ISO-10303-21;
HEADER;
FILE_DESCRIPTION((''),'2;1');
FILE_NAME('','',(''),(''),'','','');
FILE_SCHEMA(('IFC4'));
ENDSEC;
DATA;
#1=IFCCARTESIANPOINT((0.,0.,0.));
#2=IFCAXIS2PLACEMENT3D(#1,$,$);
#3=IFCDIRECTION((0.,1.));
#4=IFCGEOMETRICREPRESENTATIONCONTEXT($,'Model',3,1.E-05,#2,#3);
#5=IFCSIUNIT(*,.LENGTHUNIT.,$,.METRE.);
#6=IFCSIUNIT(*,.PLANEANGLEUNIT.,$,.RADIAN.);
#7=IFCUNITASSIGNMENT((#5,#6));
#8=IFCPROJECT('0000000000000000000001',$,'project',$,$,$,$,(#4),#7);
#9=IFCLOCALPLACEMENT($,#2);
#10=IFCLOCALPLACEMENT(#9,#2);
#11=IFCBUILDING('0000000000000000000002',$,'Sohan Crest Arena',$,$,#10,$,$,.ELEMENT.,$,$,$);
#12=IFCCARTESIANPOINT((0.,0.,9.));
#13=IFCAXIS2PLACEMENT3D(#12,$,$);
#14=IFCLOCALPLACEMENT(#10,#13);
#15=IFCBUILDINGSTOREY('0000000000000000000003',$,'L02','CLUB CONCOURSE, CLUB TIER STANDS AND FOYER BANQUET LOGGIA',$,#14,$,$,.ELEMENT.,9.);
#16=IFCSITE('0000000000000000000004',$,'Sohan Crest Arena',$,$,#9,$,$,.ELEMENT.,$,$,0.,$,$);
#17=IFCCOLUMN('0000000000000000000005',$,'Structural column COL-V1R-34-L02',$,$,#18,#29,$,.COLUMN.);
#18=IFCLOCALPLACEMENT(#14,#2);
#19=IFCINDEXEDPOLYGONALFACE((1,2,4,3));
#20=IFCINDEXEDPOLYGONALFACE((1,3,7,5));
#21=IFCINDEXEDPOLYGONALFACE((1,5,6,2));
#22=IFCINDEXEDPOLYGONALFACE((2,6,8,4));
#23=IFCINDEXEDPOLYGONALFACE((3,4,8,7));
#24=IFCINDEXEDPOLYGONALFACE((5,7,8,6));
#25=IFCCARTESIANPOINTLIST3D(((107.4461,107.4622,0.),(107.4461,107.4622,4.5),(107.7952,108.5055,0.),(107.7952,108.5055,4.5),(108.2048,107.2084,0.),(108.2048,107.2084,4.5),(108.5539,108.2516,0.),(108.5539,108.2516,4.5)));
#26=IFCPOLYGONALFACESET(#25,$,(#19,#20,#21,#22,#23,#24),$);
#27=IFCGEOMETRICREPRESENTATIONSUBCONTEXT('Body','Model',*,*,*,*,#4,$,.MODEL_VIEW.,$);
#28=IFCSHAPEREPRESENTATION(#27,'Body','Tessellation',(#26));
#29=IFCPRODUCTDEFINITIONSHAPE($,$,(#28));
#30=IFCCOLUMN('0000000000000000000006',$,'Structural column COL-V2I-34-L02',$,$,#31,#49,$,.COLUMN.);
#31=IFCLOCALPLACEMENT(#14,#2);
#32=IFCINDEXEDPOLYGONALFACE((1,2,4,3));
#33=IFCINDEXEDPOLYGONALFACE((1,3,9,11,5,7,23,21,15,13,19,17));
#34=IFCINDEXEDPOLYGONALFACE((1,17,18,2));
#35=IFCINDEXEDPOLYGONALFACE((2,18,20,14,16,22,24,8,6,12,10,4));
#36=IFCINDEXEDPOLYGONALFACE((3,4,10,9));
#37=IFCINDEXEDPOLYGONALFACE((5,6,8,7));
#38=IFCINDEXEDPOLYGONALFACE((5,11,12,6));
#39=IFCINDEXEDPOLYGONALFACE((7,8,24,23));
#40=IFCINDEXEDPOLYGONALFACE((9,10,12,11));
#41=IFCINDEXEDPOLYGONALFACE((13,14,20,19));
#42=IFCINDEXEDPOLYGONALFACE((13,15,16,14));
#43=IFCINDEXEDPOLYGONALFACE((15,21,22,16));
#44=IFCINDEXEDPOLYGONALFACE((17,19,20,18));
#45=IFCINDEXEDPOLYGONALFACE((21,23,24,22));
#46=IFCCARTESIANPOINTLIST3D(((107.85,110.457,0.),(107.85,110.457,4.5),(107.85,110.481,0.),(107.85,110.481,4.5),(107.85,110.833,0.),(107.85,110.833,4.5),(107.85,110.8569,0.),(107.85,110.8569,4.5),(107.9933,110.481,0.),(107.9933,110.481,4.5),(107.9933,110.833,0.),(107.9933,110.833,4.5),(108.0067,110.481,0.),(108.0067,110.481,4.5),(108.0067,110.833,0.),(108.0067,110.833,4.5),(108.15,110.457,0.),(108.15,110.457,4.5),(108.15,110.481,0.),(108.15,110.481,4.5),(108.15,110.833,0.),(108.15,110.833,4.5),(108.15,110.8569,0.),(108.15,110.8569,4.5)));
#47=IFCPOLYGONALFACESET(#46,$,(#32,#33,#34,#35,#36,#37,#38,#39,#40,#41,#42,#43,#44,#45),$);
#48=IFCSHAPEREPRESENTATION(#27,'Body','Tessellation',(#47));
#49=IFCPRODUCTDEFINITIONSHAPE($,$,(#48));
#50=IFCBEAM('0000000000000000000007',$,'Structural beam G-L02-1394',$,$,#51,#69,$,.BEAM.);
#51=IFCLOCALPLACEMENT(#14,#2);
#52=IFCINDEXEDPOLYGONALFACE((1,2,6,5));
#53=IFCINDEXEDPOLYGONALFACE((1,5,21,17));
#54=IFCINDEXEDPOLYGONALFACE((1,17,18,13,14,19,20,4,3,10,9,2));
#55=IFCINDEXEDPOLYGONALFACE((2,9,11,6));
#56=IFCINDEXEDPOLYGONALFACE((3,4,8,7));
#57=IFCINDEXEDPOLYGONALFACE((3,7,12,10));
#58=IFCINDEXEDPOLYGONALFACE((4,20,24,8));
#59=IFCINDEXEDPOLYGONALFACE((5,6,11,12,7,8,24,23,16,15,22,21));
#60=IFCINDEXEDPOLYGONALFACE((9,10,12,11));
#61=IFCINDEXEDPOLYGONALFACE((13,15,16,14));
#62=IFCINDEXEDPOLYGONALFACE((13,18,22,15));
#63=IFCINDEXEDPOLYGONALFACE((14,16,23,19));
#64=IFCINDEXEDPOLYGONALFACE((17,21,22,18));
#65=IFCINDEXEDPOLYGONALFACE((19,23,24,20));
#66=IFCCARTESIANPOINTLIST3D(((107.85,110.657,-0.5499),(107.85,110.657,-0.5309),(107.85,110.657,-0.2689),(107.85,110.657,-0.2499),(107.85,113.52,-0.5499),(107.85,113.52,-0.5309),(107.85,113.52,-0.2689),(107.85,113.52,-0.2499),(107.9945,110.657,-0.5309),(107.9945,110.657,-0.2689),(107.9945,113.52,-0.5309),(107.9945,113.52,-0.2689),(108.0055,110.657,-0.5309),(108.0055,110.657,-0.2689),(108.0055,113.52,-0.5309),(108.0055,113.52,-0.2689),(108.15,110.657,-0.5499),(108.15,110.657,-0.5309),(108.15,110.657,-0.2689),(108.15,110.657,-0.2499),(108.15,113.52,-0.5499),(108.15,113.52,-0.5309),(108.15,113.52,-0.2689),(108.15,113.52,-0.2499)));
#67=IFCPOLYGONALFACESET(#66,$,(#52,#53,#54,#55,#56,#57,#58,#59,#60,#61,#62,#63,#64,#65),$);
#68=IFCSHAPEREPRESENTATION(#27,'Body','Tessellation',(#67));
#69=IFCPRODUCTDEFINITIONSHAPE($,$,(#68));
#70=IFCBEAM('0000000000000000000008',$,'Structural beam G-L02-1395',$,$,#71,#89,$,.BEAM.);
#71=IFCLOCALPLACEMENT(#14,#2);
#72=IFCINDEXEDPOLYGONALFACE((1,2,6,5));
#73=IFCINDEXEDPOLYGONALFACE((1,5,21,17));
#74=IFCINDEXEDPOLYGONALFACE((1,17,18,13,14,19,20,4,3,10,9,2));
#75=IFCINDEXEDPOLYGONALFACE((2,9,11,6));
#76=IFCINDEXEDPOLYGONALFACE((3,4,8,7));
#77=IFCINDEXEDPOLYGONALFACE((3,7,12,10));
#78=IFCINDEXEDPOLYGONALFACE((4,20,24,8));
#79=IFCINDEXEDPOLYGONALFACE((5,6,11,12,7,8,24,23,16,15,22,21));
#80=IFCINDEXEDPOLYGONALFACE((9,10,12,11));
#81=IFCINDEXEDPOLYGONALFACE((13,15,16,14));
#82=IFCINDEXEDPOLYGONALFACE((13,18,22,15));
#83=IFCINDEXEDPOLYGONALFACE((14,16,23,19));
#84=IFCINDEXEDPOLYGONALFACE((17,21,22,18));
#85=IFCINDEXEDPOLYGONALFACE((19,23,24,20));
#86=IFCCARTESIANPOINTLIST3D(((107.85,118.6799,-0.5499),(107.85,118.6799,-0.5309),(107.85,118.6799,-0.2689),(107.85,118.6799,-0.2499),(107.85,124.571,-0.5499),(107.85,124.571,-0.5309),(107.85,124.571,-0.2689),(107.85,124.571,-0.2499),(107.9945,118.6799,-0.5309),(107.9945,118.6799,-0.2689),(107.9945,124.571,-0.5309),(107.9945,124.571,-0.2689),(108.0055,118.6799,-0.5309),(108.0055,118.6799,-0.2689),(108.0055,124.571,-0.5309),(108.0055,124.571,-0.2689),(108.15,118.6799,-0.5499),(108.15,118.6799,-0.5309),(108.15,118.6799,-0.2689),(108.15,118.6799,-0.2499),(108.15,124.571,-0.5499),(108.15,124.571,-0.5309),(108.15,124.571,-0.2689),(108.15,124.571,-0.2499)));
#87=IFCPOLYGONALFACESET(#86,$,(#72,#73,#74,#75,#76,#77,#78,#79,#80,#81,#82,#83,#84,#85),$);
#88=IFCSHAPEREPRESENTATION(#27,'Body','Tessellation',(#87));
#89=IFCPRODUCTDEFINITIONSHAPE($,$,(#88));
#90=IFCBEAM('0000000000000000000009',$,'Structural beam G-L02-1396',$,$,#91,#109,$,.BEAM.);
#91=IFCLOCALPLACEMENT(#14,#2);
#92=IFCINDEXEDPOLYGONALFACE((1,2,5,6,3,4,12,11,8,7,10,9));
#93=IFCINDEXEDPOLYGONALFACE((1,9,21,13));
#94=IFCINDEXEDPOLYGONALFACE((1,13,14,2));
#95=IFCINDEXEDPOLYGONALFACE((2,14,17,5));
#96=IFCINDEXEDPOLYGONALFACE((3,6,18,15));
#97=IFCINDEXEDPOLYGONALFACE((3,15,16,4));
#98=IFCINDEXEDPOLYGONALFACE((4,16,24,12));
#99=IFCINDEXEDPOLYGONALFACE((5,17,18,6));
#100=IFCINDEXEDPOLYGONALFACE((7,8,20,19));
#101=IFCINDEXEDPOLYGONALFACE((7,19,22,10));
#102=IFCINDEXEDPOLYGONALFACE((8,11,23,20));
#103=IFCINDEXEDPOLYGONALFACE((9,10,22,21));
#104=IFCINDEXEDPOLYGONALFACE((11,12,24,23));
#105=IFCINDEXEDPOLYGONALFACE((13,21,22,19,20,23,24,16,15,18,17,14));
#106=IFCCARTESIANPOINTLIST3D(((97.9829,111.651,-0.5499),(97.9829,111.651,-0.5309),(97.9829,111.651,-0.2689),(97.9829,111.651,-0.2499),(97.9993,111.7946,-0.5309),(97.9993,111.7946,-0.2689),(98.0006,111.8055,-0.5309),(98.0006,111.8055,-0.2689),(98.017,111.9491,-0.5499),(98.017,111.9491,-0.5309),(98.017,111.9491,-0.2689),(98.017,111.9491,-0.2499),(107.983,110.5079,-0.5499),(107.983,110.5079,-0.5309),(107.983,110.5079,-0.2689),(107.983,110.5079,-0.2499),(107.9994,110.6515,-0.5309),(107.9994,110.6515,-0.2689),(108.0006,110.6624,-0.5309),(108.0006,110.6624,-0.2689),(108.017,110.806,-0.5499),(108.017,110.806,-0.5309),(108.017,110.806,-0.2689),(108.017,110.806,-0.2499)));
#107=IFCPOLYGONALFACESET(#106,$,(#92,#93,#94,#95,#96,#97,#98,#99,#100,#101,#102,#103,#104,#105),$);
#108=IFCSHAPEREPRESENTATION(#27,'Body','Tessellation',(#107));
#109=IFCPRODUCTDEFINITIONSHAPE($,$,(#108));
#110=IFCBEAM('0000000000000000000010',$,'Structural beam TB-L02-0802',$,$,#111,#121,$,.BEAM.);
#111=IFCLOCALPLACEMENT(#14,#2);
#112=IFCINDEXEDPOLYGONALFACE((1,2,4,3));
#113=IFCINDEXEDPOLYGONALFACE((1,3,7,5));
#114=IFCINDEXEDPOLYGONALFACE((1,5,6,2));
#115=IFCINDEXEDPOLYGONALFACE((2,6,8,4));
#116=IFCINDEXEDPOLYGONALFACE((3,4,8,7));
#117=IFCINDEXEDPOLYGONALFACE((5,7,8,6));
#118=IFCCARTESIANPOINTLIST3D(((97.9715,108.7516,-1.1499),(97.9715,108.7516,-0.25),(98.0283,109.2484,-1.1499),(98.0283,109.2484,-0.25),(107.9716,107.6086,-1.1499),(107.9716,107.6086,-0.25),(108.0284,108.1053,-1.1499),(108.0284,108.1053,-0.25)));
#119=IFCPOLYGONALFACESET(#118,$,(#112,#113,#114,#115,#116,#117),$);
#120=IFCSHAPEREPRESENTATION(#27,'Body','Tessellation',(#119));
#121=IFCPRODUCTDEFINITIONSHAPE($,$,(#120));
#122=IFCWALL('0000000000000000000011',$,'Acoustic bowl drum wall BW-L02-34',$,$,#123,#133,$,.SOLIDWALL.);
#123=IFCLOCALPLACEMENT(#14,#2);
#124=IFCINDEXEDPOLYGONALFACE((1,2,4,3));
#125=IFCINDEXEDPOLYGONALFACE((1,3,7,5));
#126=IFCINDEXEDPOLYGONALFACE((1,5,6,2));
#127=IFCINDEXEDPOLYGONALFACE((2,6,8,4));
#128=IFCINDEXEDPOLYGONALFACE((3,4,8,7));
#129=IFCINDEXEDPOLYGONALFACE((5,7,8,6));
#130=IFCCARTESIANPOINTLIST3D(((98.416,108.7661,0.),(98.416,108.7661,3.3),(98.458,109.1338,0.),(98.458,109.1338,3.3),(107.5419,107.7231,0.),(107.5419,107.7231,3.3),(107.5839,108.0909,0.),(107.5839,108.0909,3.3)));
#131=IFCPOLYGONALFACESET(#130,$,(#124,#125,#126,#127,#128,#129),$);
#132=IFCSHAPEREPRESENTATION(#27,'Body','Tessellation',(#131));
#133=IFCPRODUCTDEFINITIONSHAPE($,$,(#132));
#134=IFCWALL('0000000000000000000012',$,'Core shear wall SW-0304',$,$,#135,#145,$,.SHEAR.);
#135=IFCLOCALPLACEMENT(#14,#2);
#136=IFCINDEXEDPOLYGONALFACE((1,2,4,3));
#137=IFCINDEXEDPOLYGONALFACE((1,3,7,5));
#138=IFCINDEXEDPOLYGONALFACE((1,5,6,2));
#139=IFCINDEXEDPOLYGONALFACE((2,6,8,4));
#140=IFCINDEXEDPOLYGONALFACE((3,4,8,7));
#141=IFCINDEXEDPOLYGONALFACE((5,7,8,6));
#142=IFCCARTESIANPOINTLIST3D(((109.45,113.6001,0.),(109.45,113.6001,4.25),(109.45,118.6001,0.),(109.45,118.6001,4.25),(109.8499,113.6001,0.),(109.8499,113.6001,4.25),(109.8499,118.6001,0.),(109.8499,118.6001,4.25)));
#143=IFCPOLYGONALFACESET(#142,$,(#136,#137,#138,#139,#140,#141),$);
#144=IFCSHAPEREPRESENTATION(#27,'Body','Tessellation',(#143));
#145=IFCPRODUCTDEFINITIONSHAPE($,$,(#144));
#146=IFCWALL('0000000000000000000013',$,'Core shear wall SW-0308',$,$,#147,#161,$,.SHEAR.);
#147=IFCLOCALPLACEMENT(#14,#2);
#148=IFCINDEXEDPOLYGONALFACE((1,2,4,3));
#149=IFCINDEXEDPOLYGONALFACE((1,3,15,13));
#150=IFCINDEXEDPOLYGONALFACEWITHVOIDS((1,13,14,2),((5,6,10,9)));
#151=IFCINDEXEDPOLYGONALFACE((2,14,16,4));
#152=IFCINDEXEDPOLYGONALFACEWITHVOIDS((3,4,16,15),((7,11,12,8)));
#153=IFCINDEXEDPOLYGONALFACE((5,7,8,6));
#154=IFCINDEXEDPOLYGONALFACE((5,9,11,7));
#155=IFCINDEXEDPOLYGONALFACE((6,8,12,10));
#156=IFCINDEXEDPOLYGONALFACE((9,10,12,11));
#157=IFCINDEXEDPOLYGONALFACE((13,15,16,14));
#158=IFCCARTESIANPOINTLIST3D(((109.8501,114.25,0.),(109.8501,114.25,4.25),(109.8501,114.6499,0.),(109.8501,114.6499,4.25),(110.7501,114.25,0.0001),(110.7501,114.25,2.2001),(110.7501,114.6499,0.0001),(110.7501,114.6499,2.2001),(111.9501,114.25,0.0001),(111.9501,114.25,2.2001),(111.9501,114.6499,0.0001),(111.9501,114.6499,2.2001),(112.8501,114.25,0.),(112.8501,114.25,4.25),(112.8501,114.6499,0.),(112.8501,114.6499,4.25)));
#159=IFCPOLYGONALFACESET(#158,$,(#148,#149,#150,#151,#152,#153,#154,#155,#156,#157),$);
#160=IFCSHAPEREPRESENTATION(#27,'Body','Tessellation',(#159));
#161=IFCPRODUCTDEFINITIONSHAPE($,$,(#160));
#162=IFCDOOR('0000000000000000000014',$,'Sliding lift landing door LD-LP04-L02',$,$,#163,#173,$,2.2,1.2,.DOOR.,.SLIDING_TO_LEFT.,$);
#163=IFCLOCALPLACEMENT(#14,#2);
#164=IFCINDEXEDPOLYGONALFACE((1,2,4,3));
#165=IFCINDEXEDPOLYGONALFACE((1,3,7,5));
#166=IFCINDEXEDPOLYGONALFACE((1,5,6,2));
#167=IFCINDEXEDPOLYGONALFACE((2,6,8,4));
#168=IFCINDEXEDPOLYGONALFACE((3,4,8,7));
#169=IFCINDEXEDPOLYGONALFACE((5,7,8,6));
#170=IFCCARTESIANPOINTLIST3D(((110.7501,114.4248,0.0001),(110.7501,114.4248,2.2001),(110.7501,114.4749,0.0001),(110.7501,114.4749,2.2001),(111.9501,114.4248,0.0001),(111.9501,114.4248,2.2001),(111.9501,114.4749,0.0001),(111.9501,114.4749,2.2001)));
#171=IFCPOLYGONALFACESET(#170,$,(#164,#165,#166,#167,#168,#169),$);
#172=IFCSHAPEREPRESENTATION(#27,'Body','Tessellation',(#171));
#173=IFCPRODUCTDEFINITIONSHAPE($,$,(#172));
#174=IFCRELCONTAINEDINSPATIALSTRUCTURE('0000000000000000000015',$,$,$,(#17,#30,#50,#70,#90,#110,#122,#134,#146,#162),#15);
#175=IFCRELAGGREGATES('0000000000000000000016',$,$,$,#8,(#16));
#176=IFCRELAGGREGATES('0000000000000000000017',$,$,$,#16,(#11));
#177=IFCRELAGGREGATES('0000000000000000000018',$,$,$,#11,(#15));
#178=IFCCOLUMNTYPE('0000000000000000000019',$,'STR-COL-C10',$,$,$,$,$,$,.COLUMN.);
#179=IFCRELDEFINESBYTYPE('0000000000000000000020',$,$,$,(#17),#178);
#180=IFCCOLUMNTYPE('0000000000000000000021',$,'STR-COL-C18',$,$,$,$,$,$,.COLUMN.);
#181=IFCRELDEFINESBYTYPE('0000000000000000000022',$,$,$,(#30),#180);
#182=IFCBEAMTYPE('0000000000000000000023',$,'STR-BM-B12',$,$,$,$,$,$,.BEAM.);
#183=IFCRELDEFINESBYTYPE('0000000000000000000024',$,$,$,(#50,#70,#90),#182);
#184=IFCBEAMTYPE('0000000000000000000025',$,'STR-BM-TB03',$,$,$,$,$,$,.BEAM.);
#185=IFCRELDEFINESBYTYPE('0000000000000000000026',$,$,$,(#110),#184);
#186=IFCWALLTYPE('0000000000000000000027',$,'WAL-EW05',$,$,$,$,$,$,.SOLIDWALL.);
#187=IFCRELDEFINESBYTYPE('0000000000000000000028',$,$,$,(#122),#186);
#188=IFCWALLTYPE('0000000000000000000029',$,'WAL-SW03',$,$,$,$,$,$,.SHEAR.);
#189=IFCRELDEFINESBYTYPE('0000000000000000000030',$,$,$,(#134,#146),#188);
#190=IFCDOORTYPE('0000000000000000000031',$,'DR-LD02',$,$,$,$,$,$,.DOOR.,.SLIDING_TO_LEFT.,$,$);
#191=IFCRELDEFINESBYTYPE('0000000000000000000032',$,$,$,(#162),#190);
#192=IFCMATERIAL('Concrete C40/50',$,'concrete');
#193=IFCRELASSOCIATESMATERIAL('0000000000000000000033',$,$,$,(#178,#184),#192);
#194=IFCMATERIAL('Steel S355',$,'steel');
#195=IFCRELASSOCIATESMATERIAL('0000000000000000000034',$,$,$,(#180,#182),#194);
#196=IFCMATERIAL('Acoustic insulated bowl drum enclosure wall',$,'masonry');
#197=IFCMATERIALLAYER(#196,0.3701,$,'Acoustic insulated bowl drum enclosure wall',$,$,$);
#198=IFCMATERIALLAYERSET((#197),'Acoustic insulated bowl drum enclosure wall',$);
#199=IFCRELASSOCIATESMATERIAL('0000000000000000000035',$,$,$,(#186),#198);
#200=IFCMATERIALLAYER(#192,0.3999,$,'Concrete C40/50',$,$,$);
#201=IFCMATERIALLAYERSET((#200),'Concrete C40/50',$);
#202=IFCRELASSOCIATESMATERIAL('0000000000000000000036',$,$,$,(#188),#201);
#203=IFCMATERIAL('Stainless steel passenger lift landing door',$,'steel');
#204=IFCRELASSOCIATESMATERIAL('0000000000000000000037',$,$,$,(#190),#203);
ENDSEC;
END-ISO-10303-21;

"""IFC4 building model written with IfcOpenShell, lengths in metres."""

from ifc_helpers import new_model, si_unit, direction, frame, frame_2d, origin, origin_2d, place, context, subcontext, project, spatial, rectangle, i_section, extrude, material, layer, layer_set, material_profile, profile_set, type_object, element, fill, save


model = new_model("IFC4")

# Units and contexts
model_context = context("Model", 3, precision=1e-05, world=origin(), true_north=direction((0.0, 1.0)))
body_context = subcontext(model_context, "Body", "Model", "MODEL_VIEW")
ifc_project = project(units=[si_unit("LENGTHUNIT", "METRE"), si_unit("PLANEANGLEUNIT", "RADIAN")], contexts=[model_context])

# Site, building, storey
site_placement = place(None, origin())
site = spatial("IfcSite", under=ifc_project, at=site_placement, Name="Sohan Crest Arena", CompositionType="ELEMENT", RefElevation=0.0)
building_placement = place(site_placement, origin())
building = spatial("IfcBuilding", under=site, at=building_placement, Name="Sohan Crest Arena", CompositionType="ELEMENT")
storey_placement = place(building_placement, frame((0.0, 0.0, 9.0)))
storey = spatial("IfcBuildingStorey", under=building, at=storey_placement, Name="L02", Description="CLUB CONCOURSE, CLUB TIER STANDS AND FOYER BANQUET LOGGIA", CompositionType="ELEMENT", Elevation=9.0)

# Columns
ifc_material_1 = material(Name="Concrete C40/50", Category="concrete")
ifc_material_profile_1 = material_profile(ifc_material_1, rectangle(XDim=1.1001, YDim=0.8, at=origin_2d()), Name="RC 1100x800")
ifc_profile_set_1 = profile_set([ifc_material_profile_1], Name="Concrete C40/50")
column_type_1 = type_object("IfcColumnType", Name="STR-COL-C10", PredefinedType="COLUMN", material=ifc_profile_set_1)
column_1_placement = place(storey_placement, frame((108.0, 107.8569, 0.0), z_axis=(0.0, 0.0, 1.0), x_axis=(0.317305, 0.948324, 0.0)))
element("IfcColumn", 1, at=column_1_placement, inside=storey, type_object=column_type_1, Name="Structural column COL-V1R-34-L02", PredefinedType="COLUMN", context=body_context, shape_type="SweptSolid", body=[
    extrude(rectangle(XDim=1.1001, YDim=0.8, at=origin_2d()), origin(), (0.0, 0.0, 1.0), 4.5),
])
ifc_material_2 = material(Name="Steel S355", Category="steel")
ifc_material_profile_2 = material_profile(ifc_material_2, i_section(OverallWidth=0.3, OverallDepth=0.3999, WebThickness=0.0134, FlangeThickness=0.0239, at=origin_2d()), Name="HEB 400")
ifc_profile_set_2 = profile_set([ifc_material_profile_2], Name="Steel S355")
column_type_2 = type_object("IfcColumnType", Name="STR-COL-C18", PredefinedType="COLUMN", material=ifc_profile_set_2)
column_2_placement = place(storey_placement, frame((108.0, 110.657, 0.0), z_axis=(0.0, 0.0, 1.0), x_axis=(1.0, 0.0, 0.0)))
element("IfcColumn", 2, at=column_2_placement, inside=storey, type_object=column_type_2, Name="Structural column COL-V2I-34-L02", PredefinedType="COLUMN", context=body_context, shape_type="SweptSolid", body=[
    extrude(i_section(OverallWidth=0.3, OverallDepth=0.3999, WebThickness=0.0134, FlangeThickness=0.0239, at=origin_2d()), origin(), (0.0, 0.0, 1.0), 4.5),
])

# Beams
ifc_material_profile_3 = material_profile(ifc_material_2, i_section(OverallWidth=0.3, OverallDepth=0.3, WebThickness=0.011, FlangeThickness=0.019, at=origin_2d()), Name="HEB 300")
ifc_profile_set_3 = profile_set([ifc_material_profile_3], Name="Steel S355")
beam_type_1 = type_object("IfcBeamType", Name="STR-BM-B12", PredefinedType="BEAM", material=ifc_profile_set_3)
beam_1_placement = place(storey_placement, frame((108.0, 110.657, -0.3999), z_axis=(0.0, 1.0, 0.0), x_axis=(-1.0, 0.0, 0.0)))
element("IfcBeam", 3, at=beam_1_placement, inside=storey, type_object=beam_type_1, Name="Structural beam G-L02-1394", PredefinedType="BEAM", context=body_context, shape_type="SweptSolid", body=[
    extrude(i_section(OverallWidth=0.3, OverallDepth=0.3, WebThickness=0.011, FlangeThickness=0.019, at=origin_2d()), origin(), (0.0, 0.0, 1.0), 2.863),
])
beam_2_placement = place(storey_placement, frame((108.0, 118.6799, -0.3999), z_axis=(0.0, 1.0, 0.0), x_axis=(-1.0, 0.0, 0.0)))
element("IfcBeam", 4, at=beam_2_placement, inside=storey, type_object=beam_type_1, Name="Structural beam G-L02-1395", PredefinedType="BEAM", context=body_context, shape_type="SweptSolid", body=[
    extrude(i_section(OverallWidth=0.3, OverallDepth=0.3, WebThickness=0.011, FlangeThickness=0.019, at=origin_2d()), origin(), (0.0, 0.0, 1.0), 5.8911),
])
beam_3_placement = place(storey_placement, frame((108.0, 110.657, -0.3999), z_axis=(-0.99353, 0.113567, 0.0), x_axis=(-0.113567, -0.99353, 0.0)))
element("IfcBeam", 5, at=beam_3_placement, inside=storey, type_object=beam_type_1, Name="Structural beam G-L02-1396", PredefinedType="BEAM", context=body_context, shape_type="SweptSolid", body=[
    extrude(i_section(OverallWidth=0.3, OverallDepth=0.3, WebThickness=0.011, FlangeThickness=0.019, at=origin_2d()), origin(), (0.0, 0.0, 1.0), 10.0652),
])
ifc_material_profile_4 = material_profile(ifc_material_1, rectangle(XDim=0.5, YDim=0.8999, at=origin_2d()), Name="RC-BM 500x900")
ifc_profile_set_4 = profile_set([ifc_material_profile_4], Name="Concrete C40/50")
beam_type_2 = type_object("IfcBeamType", Name="STR-BM-TB03", PredefinedType="BEAM", material=ifc_profile_set_4)
beam_4_placement = place(storey_placement, frame((108.0, 107.8569, -0.7), z_axis=(-0.99353, 0.113567, 0.0), x_axis=(-0.113567, -0.99353, 0.0)))
element("IfcBeam", 6, at=beam_4_placement, inside=storey, type_object=beam_type_2, Name="Structural beam TB-L02-0802", PredefinedType="BEAM", context=body_context, shape_type="SweptSolid", body=[
    extrude(rectangle(XDim=0.5, YDim=0.8999, at=origin_2d()), origin(), (0.0, 0.0, 1.0), 10.0652),
])

# Walls
ifc_material_3 = material(Name="Acoustic insulated bowl drum enclosure wall", Category="masonry")
ifc_layer_1 = layer(ifc_material_3, 0.3701, Name="Acoustic insulated bowl drum enclosure wall")
ifc_layer_set_1 = layer_set([ifc_layer_1], Name="Acoustic insulated bowl drum enclosure wall")
wall_type_1 = type_object("IfcWallType", Name="WAL-EW05", PredefinedType="SOLIDWALL", material=ifc_layer_set_1)
wall_1_placement = place(storey_placement, frame((107.563, 107.907, 0.0), z_axis=(0.0, 0.0, 1.0), x_axis=(-0.993533, 0.113547, 0.0)))
element("IfcWall", 7, at=wall_1_placement, inside=storey, type_object=wall_type_1, Name="Acoustic bowl drum wall BW-L02-34", PredefinedType="SOLIDWALL", context=body_context, shape_type="SweptSolid", body=[
    extrude(rectangle(XDim=9.1853, YDim=0.3701, at=frame_2d((4.5928, 0.0))), origin(), (0.0, 0.0, 1.0), 3.3),
])
ifc_layer_2 = layer(ifc_material_1, 0.3999, Name="Concrete C40/50")
ifc_layer_set_2 = layer_set([ifc_layer_2], Name="Concrete C40/50")
wall_type_2 = type_object("IfcWallType", Name="WAL-SW03", PredefinedType="SHEAR", material=ifc_layer_set_2)
wall_2_placement = place(storey_placement, frame((109.6499, 113.6001, 0.0), z_axis=(0.0, 0.0, 1.0), x_axis=(0.0, 1.0, 0.0)))
element("IfcWall", 8, at=wall_2_placement, inside=storey, type_object=wall_type_2, Name="Core shear wall SW-0304", PredefinedType="SHEAR", context=body_context, shape_type="SweptSolid", body=[
    extrude(rectangle(XDim=5.0, YDim=0.3999, at=frame_2d((2.5, 0.0))), origin(), (0.0, 0.0, 1.0), 4.25),
])

# Wall, opening, door
wall_3_placement = place(storey_placement, frame((109.8501, 114.45, 0.0), z_axis=(0.0, 0.0, 1.0), x_axis=(1.0, 0.0, 0.0)))
wall_3 = element("IfcWall", 9, at=wall_3_placement, inside=storey, type_object=wall_type_2, Name="Core shear wall SW-0308", PredefinedType="SHEAR", context=body_context, shape_type="SweptSolid", body=[
    extrude(rectangle(XDim=3.0, YDim=0.3999, at=frame_2d((1.5, 0.0))), origin(), (0.0, 0.0, 1.0), 4.25),
])
opening_placement = place(wall_3_placement, frame((0.8999, 0.0, 0.0)))
opening = element("IfcOpeningElement", 10, at=opening_placement, cuts=wall_3, PredefinedType="OPENING", context=body_context, shape_type="SweptSolid", body=[
    extrude(rectangle(XDim=1.2, YDim=2.2, at=frame_2d((0.6001, 1.1001))), frame((0.0, 0.21, 0.0), z_axis=(0.0, -1.0, 0.0), x_axis=(1.0, 0.0, 0.0)), (0.0, 0.0, 1.0), 0.4199),
])
ifc_material_4 = material(Name="Stainless steel passenger lift landing door", Category="steel")
door_type = type_object("IfcDoorType", Name="DR-LD02", OperationType="SLIDING_TO_LEFT", PredefinedType="DOOR", material=ifc_material_4)
door_placement = place(opening_placement, origin())
door = element("IfcDoor", 11, at=door_placement, inside=storey, type_object=door_type, Name="Sliding lift landing door LD-LP04-L02", OperationType="SLIDING_TO_LEFT", OverallHeight=2.2, OverallWidth=1.2, PredefinedType="DOOR", context=body_context, shape_type="SweptSolid", body=[
    extrude(rectangle(XDim=1.2, YDim=2.2, at=frame_2d((0.6001, 1.1001))), frame((0.0, 0.0249, 0.0), z_axis=(0.0, -1.0, 0.0), x_axis=(1.0, 0.0, 0.0)), (0.0, 0.0, 1.0), 0.05),
])
fill(opening, door)

save(model, "model.ifc")
